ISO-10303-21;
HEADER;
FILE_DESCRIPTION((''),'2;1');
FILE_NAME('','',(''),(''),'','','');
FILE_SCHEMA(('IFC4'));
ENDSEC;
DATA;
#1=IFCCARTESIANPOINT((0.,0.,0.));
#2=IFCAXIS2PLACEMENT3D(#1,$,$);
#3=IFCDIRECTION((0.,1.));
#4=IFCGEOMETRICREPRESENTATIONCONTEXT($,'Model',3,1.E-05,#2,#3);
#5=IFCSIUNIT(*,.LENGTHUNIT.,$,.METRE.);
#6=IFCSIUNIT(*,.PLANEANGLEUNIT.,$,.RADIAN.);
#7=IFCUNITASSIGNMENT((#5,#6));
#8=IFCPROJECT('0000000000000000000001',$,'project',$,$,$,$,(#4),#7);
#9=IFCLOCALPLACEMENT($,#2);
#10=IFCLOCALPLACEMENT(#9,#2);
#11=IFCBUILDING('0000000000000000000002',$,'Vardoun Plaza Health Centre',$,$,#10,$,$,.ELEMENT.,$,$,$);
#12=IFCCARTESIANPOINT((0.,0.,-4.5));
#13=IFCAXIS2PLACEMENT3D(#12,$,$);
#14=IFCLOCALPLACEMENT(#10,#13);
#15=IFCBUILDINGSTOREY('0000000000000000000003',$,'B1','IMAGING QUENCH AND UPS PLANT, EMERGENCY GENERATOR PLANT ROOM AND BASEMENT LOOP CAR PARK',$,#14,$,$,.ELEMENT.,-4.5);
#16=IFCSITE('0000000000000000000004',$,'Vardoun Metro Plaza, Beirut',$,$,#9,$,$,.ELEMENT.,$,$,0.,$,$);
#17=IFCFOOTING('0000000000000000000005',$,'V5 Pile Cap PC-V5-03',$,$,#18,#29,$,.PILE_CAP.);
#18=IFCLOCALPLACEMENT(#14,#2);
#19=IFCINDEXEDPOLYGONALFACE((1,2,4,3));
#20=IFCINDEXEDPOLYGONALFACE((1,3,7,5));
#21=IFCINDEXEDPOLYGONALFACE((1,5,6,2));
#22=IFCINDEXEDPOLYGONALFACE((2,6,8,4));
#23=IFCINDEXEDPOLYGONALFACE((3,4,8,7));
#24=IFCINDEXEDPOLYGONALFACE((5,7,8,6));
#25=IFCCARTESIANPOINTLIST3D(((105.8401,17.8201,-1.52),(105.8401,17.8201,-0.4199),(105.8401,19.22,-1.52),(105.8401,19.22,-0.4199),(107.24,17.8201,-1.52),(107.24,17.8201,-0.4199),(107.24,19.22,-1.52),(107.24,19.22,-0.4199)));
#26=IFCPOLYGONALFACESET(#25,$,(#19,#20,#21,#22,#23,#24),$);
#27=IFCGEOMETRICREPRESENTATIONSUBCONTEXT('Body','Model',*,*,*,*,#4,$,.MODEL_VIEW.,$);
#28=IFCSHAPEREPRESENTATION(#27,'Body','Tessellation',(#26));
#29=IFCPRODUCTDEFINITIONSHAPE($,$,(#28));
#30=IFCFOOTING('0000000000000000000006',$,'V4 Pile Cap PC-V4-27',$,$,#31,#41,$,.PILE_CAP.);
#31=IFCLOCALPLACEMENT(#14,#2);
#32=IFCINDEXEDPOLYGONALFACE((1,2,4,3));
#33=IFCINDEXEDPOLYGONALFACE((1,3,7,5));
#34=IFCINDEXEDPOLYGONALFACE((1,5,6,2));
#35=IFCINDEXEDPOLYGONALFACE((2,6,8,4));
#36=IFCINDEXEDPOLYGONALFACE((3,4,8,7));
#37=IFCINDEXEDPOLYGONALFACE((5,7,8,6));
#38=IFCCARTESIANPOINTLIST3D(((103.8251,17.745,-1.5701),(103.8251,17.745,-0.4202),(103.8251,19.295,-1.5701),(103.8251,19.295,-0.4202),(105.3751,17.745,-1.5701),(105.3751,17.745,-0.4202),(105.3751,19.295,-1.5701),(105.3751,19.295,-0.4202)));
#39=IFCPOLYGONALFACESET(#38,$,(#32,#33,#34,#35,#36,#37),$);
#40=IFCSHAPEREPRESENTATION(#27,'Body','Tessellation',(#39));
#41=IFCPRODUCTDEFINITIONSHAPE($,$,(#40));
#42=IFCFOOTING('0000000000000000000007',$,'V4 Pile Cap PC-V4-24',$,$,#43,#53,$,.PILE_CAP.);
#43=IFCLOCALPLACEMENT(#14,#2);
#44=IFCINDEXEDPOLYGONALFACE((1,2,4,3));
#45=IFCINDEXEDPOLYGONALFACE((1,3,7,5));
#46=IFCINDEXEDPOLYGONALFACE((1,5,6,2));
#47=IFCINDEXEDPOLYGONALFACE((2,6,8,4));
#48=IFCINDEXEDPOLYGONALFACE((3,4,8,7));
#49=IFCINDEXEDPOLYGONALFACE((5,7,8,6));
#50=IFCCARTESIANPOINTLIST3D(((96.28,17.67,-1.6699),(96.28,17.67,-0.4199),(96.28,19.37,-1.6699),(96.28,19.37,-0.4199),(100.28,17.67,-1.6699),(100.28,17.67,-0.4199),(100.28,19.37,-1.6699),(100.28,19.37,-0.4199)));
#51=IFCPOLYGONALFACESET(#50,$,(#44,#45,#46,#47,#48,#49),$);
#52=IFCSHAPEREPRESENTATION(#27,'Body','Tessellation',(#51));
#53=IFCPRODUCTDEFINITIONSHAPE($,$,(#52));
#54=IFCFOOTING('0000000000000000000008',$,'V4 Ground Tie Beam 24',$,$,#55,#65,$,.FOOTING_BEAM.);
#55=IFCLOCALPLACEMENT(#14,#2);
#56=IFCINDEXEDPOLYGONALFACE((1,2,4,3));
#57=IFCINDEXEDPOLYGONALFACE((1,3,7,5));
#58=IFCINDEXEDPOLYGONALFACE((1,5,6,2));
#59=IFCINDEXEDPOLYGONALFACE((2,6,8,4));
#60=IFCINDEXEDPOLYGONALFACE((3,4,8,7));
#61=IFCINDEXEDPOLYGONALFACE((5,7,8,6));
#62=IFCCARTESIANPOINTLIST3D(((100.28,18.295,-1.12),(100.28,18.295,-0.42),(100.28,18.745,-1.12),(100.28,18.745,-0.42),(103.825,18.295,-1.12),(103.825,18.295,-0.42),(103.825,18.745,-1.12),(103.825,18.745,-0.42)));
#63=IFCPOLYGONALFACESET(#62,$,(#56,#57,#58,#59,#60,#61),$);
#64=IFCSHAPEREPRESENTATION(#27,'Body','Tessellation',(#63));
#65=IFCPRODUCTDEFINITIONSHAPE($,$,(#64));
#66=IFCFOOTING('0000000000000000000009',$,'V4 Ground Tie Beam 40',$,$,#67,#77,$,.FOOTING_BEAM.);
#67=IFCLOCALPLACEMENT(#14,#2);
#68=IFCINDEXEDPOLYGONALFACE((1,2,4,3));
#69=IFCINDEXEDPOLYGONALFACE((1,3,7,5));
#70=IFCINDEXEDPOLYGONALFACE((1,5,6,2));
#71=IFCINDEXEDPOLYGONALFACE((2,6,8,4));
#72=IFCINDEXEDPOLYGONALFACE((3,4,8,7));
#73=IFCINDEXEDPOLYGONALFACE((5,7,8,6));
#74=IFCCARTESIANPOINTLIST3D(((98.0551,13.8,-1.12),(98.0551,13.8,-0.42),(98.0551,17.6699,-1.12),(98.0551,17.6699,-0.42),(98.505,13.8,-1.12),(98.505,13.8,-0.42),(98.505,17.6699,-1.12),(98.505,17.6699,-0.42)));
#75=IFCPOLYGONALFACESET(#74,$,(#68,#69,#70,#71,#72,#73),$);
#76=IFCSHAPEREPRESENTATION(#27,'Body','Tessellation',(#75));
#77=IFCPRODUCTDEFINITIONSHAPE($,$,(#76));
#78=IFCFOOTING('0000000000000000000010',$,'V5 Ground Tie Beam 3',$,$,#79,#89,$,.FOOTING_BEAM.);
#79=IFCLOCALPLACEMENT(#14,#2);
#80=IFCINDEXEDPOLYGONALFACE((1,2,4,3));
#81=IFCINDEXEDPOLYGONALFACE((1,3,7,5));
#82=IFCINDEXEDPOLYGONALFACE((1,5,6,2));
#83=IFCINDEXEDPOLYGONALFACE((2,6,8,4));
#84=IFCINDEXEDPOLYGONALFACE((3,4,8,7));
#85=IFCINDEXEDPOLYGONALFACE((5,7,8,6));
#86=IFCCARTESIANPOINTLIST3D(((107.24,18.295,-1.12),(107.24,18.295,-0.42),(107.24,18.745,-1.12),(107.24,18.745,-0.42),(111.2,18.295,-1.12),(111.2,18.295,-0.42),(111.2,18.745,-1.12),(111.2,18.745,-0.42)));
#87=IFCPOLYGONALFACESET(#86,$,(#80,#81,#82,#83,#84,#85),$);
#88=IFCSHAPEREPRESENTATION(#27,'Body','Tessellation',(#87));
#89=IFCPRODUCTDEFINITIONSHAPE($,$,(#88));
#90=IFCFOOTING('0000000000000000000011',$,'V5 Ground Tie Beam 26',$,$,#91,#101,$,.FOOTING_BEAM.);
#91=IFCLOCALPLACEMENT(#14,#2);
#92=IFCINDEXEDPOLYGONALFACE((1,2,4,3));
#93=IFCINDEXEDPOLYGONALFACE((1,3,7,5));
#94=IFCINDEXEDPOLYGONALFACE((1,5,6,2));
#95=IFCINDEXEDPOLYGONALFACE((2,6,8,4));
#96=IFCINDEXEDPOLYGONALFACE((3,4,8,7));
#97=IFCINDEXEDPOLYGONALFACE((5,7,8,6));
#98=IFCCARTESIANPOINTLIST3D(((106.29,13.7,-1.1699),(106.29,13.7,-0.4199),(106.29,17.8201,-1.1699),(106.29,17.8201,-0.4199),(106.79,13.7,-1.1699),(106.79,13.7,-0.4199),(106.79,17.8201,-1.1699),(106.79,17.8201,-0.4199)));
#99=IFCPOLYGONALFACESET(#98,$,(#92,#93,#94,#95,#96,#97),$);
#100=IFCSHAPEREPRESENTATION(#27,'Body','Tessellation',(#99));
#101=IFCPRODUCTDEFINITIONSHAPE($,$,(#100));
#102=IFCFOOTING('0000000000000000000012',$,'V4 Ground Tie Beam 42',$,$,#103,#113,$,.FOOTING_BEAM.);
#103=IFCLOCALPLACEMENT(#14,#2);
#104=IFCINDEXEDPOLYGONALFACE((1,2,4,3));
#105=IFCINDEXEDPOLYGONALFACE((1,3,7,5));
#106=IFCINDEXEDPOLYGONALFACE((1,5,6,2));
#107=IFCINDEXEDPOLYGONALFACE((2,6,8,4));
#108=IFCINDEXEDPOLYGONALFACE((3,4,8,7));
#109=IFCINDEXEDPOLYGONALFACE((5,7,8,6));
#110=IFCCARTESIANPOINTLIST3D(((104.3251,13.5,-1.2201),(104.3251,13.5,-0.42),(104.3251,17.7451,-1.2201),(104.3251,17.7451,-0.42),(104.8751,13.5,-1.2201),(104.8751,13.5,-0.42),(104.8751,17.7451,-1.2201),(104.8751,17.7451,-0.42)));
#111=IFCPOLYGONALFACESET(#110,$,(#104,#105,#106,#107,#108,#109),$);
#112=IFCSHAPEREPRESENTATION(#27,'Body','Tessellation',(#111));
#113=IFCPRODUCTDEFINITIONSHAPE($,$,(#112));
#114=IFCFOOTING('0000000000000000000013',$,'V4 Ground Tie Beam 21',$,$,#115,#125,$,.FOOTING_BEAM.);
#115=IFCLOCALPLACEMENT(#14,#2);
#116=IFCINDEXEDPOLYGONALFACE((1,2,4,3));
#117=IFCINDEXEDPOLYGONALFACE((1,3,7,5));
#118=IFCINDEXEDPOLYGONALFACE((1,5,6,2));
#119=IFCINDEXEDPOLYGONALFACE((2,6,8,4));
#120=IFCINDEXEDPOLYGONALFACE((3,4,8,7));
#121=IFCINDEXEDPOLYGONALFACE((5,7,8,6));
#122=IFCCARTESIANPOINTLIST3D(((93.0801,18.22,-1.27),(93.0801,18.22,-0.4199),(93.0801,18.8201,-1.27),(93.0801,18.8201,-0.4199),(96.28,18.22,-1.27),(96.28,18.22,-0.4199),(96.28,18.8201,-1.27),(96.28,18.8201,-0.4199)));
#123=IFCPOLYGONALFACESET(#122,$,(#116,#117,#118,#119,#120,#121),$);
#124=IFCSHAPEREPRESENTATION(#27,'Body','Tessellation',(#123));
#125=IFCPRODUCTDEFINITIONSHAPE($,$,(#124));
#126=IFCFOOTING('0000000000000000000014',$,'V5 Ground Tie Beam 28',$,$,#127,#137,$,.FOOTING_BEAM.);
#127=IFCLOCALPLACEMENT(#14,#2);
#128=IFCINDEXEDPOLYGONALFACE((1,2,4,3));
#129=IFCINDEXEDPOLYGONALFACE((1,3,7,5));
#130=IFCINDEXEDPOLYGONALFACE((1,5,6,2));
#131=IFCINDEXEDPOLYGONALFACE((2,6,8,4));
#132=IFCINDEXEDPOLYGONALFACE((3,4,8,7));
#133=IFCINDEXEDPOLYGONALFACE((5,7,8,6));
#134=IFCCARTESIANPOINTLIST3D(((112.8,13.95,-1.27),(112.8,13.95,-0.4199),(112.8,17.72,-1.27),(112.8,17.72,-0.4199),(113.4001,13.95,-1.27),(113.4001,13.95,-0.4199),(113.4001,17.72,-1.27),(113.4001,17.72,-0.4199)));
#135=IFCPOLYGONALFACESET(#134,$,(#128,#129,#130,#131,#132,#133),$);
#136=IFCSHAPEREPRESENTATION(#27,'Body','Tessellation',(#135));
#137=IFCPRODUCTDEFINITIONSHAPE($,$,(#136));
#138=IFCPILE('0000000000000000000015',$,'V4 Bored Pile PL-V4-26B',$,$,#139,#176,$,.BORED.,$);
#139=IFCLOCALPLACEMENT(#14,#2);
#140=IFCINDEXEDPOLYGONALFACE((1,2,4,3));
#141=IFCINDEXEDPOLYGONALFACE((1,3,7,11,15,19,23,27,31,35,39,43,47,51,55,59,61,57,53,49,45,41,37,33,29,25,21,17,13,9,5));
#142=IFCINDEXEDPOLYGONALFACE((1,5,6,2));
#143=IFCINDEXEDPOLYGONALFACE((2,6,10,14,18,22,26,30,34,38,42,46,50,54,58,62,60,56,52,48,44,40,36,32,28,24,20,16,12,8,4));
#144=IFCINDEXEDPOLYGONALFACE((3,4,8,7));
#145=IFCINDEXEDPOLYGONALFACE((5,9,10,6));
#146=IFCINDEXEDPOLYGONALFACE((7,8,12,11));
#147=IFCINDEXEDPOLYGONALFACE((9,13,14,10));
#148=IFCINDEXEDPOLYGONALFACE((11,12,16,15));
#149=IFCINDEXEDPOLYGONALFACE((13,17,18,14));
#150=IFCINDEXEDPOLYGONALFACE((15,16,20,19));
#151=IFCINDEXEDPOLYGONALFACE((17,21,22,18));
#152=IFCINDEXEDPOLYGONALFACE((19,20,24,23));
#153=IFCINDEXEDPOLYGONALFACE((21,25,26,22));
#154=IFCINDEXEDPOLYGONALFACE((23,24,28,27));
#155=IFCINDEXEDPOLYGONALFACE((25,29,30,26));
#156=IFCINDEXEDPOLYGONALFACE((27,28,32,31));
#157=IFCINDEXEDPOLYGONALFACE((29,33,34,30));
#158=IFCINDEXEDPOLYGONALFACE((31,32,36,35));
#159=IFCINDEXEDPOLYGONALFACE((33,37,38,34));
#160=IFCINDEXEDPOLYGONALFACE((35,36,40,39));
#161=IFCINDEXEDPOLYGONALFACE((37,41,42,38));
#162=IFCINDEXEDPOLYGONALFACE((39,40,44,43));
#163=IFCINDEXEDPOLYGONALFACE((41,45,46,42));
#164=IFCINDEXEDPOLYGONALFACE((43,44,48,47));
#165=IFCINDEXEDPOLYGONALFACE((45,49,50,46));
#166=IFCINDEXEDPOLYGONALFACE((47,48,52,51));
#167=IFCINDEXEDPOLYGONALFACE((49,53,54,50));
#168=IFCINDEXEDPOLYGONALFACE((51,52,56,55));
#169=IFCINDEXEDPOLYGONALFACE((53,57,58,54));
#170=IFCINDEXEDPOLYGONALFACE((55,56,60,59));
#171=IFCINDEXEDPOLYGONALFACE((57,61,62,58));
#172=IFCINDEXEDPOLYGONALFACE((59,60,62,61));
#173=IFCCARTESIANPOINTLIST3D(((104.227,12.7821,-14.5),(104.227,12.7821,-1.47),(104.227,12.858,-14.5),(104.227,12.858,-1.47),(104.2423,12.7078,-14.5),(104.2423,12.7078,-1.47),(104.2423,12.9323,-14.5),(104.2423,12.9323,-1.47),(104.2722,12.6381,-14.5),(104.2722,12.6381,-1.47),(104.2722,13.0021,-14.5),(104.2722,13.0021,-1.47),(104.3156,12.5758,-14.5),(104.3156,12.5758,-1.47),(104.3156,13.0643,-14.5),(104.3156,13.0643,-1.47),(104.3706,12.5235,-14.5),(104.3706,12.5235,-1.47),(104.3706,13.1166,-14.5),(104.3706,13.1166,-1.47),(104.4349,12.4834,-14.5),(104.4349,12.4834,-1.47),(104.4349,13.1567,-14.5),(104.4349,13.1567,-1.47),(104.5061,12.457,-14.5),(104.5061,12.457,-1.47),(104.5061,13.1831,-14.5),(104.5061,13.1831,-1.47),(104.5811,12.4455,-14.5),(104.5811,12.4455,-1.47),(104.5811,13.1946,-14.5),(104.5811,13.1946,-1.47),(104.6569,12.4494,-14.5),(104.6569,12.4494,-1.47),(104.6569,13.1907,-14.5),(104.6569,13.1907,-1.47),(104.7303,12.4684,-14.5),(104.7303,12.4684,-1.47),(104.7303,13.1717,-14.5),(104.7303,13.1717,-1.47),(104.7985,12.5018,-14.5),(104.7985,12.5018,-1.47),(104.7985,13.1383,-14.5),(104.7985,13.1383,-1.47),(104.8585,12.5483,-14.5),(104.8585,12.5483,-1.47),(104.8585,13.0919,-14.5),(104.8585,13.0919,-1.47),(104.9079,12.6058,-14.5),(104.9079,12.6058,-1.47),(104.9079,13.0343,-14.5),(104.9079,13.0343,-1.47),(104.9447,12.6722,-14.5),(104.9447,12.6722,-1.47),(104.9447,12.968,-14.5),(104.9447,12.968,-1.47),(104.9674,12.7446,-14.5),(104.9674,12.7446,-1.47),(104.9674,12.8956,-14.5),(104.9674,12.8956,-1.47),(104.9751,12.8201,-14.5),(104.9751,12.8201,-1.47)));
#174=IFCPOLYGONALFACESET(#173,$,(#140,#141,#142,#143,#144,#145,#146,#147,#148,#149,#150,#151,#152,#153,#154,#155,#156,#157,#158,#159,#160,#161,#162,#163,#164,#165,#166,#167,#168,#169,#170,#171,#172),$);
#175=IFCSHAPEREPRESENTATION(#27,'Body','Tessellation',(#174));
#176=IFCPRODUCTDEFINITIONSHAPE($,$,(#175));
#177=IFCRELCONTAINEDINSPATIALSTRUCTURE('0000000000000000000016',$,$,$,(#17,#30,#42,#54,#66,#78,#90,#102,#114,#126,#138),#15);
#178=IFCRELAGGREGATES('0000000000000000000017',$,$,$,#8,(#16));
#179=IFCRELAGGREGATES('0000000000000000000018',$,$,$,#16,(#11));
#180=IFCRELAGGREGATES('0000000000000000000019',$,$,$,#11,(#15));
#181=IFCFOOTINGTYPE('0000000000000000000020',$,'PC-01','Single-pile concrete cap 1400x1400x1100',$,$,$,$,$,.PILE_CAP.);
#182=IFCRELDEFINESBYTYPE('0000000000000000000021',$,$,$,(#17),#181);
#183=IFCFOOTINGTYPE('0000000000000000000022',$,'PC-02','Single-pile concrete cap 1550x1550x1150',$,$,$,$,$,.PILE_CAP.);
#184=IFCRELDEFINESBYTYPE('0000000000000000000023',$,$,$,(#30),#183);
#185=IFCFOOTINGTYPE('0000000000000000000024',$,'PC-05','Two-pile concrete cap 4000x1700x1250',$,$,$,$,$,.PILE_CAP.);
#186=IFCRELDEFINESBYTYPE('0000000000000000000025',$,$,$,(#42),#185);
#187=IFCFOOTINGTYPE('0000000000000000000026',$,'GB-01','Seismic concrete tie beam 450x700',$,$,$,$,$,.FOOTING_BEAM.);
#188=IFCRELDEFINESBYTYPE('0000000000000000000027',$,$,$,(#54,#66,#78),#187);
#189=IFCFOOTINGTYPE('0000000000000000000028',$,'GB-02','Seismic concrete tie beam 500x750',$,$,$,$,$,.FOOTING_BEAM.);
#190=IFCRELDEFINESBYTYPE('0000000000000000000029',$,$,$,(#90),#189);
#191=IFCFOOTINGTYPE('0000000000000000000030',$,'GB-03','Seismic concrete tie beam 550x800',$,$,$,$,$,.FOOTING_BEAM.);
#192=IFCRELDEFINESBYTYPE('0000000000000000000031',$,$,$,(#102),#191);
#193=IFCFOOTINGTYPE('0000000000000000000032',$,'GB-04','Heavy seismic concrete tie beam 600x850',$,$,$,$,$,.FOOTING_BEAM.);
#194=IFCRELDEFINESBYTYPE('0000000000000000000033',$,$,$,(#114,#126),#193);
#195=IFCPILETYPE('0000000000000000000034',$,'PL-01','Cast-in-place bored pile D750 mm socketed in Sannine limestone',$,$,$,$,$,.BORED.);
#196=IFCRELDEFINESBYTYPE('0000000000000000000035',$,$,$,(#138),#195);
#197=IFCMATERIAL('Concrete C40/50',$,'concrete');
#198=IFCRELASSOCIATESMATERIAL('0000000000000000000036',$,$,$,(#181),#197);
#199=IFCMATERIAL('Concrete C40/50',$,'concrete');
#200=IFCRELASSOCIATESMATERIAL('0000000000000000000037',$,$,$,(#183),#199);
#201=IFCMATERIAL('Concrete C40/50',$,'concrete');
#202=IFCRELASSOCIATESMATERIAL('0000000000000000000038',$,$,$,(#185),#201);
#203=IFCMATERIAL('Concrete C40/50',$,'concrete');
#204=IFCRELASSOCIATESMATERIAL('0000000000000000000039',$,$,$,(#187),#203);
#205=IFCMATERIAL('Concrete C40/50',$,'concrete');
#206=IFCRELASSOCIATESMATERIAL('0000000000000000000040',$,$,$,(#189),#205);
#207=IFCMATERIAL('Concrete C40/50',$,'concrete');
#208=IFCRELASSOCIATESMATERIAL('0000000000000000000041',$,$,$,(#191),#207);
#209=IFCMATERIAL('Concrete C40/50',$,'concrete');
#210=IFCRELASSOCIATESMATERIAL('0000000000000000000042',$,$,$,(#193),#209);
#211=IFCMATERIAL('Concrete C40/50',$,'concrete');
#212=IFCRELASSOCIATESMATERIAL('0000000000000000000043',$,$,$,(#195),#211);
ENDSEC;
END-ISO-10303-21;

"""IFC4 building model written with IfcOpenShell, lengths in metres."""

from ifc_helpers import new_model, si_unit, direction, frame, origin, origin_2d, place, context, subcontext, project, spatial, rectangle, circle, extrude, material, material_profile, profile_set, type_object, element, save


model = new_model("IFC4")

# Units and contexts
model_context = context("Model", 3, precision=1e-05, world=origin(), true_north=direction((0.0, 1.0)))
body_context = subcontext(model_context, "Body", "Model", "MODEL_VIEW")
ifc_project = project(units=[si_unit("LENGTHUNIT", "METRE"), si_unit("PLANEANGLEUNIT", "RADIAN")], contexts=[model_context])

# Site, building, storey
site_placement = place(None, origin())
site = spatial("IfcSite", under=ifc_project, at=site_placement, Name="Vardoun Metro Plaza, Beirut", CompositionType="ELEMENT", RefElevation=0.0)
building_placement = place(site_placement, origin())
building = spatial("IfcBuilding", under=site, at=building_placement, Name="Vardoun Plaza Health Centre", CompositionType="ELEMENT")
storey_placement = place(building_placement, frame((0.0, 0.0, -4.5)))
storey = spatial("IfcBuildingStorey", under=building, at=storey_placement, Name="B1", Description="IMAGING QUENCH AND UPS PLANT, EMERGENCY GENERATOR PLANT ROOM AND BASEMENT LOOP CAR PARK", CompositionType="ELEMENT", Elevation=-4.5)

# Footings
ifc_material_1 = material(Name="Concrete C40/50", Category="concrete")
footing_type_1 = type_object("IfcFootingType", Name="PC-01", Description="Single-pile concrete cap 1400x1400x1100", PredefinedType="PILE_CAP", material=ifc_material_1)
footing_1_placement = place(storey_placement, frame((106.54, 18.52, -1.52), z_axis=(0.0, 0.0, 1.0), x_axis=(1.0, 0.0, 0.0)))
element("IfcFooting", 1, at=footing_1_placement, inside=storey, type_object=footing_type_1, Name="V5 Pile Cap PC-V5-03", PredefinedType="PILE_CAP", context=body_context, shape_type="SweptSolid", body=[
    extrude(rectangle(XDim=1.3999, YDim=1.3999, at=origin_2d()), origin(), (0.0, 0.0, 1.0), 1.1001),
])
ifc_material_2 = material(Name="Concrete C40/50", Category="concrete")
footing_type_2 = type_object("IfcFootingType", Name="PC-02", Description="Single-pile concrete cap 1550x1550x1150", PredefinedType="PILE_CAP", material=ifc_material_2)
footing_2_placement = place(storey_placement, frame((104.6001, 18.52, -1.5701), z_axis=(0.0, 0.0, 1.0), x_axis=(1.0, 0.0, 0.0)))
element("IfcFooting", 2, at=footing_2_placement, inside=storey, type_object=footing_type_2, Name="V4 Pile Cap PC-V4-27", PredefinedType="PILE_CAP", context=body_context, shape_type="SweptSolid", body=[
    extrude(rectangle(XDim=1.55, YDim=1.55, at=origin_2d()), origin(), (0.0, 0.0, 1.0), 1.1499),
])
ifc_material_3 = material(Name="Concrete C40/50", Category="concrete")
footing_type_3 = type_object("IfcFootingType", Name="PC-05", Description="Two-pile concrete cap 4000x1700x1250", PredefinedType="PILE_CAP", material=ifc_material_3)
footing_3_placement = place(storey_placement, frame((98.28, 18.52, -1.6699), z_axis=(0.0, 0.0, 1.0), x_axis=(1.0, 0.0, 0.0)))
element("IfcFooting", 3, at=footing_3_placement, inside=storey, type_object=footing_type_3, Name="V4 Pile Cap PC-V4-24", PredefinedType="PILE_CAP", context=body_context, shape_type="SweptSolid", body=[
    extrude(rectangle(XDim=4.0, YDim=1.7, at=origin_2d()), origin(), (0.0, 0.0, 1.0), 1.25),
])
ifc_material_4 = material(Name="Concrete C40/50", Category="concrete")
ifc_material_profile_1 = material_profile(ifc_material_4, rectangle(XDim=0.45, YDim=0.7, at=origin_2d()), Name="GB 450x700")
ifc_profile_set_1 = profile_set([ifc_material_profile_1], Name="Concrete C40/50")
footing_type_4 = type_object("IfcFootingType", Name="GB-01", Description="Seismic concrete tie beam 450x700", PredefinedType="FOOTING_BEAM", material=ifc_profile_set_1)
footing_4_placement = place(storey_placement, frame((100.28, 18.52, -0.77), z_axis=(1.0, 0.0, 0.0), x_axis=(0.0, 1.0, 0.0)))
element("IfcFooting", 4, at=footing_4_placement, inside=storey, type_object=footing_type_4, Name="V4 Ground Tie Beam 24", PredefinedType="FOOTING_BEAM", context=body_context, shape_type="SweptSolid", body=[
    extrude(rectangle(XDim=0.45, YDim=0.7, at=origin_2d()), origin(), (0.0, 0.0, 1.0), 3.5449),
])
footing_5_placement = place(storey_placement, frame((98.28, 13.8, -0.77), z_axis=(0.0, 1.0, 0.0), x_axis=(-1.0, 0.0, 0.0)))
element("IfcFooting", 5, at=footing_5_placement, inside=storey, type_object=footing_type_4, Name="V4 Ground Tie Beam 40", PredefinedType="FOOTING_BEAM", context=body_context, shape_type="SweptSolid", body=[
    extrude(rectangle(XDim=0.45, YDim=0.7, at=origin_2d()), origin(), (0.0, 0.0, 1.0), 3.8699),
])
footing_6_placement = place(storey_placement, frame((107.24, 18.52, -0.77), z_axis=(1.0, 0.0, 0.0), x_axis=(0.0, 1.0, 0.0)))
element("IfcFooting", 6, at=footing_6_placement, inside=storey, type_object=footing_type_4, Name="V5 Ground Tie Beam 3", PredefinedType="FOOTING_BEAM", context=body_context, shape_type="SweptSolid", body=[
    extrude(rectangle(XDim=0.45, YDim=0.7, at=origin_2d()), origin(), (0.0, 0.0, 1.0), 3.96),
])
ifc_material_5 = material(Name="Concrete C40/50", Category="concrete")
ifc_material_profile_2 = material_profile(ifc_material_5, rectangle(XDim=0.5, YDim=0.75, at=origin_2d()), Name="GB 500x750")
ifc_profile_set_2 = profile_set([ifc_material_profile_2], Name="Concrete C40/50")
footing_type_5 = type_object("IfcFootingType", Name="GB-02", Description="Seismic concrete tie beam 500x750", PredefinedType="FOOTING_BEAM", material=ifc_profile_set_2)
footing_7_placement = place(storey_placement, frame((106.54, 13.7, -0.7949), z_axis=(0.0, 1.0, 0.0), x_axis=(-1.0, 0.0, 0.0)))
element("IfcFooting", 7, at=footing_7_placement, inside=storey, type_object=footing_type_5, Name="V5 Ground Tie Beam 26", PredefinedType="FOOTING_BEAM", context=body_context, shape_type="SweptSolid", body=[
    extrude(rectangle(XDim=0.5, YDim=0.75, at=origin_2d()), origin(), (0.0, 0.0, 1.0), 4.1201),
])
ifc_material_6 = material(Name="Concrete C40/50", Category="concrete")
ifc_material_profile_3 = material_profile(ifc_material_6, rectangle(XDim=0.55, YDim=0.8, at=origin_2d()), Name="GB 550x800")
ifc_profile_set_3 = profile_set([ifc_material_profile_3], Name="Concrete C40/50")
footing_type_6 = type_object("IfcFootingType", Name="GB-03", Description="Seismic concrete tie beam 550x800", PredefinedType="FOOTING_BEAM", material=ifc_profile_set_3)
footing_8_placement = place(storey_placement, frame((104.6001, 13.5, -0.8201), z_axis=(0.0, 1.0, 0.0), x_axis=(-1.0, 0.0, 0.0)))
element("IfcFooting", 8, at=footing_8_placement, inside=storey, type_object=footing_type_6, Name="V4 Ground Tie Beam 42", PredefinedType="FOOTING_BEAM", context=body_context, shape_type="SweptSolid", body=[
    extrude(rectangle(XDim=0.55, YDim=0.8, at=origin_2d()), origin(), (0.0, 0.0, 1.0), 4.2451),
])
ifc_material_7 = material(Name="Concrete C40/50", Category="concrete")
ifc_material_profile_4 = material_profile(ifc_material_7, rectangle(XDim=0.6001, YDim=0.8501, at=origin_2d()), Name="GB 600x850")
ifc_profile_set_4 = profile_set([ifc_material_profile_4], Name="Concrete C40/50")
footing_type_7 = type_object("IfcFootingType", Name="GB-04", Description="Heavy seismic concrete tie beam 600x850", PredefinedType="FOOTING_BEAM", material=ifc_profile_set_4)
footing_9_placement = place(storey_placement, frame((93.0801, 18.52, -0.845), z_axis=(1.0, 0.0, 0.0), x_axis=(0.0, 1.0, 0.0)))
element("IfcFooting", 9, at=footing_9_placement, inside=storey, type_object=footing_type_7, Name="V4 Ground Tie Beam 21", PredefinedType="FOOTING_BEAM", context=body_context, shape_type="SweptSolid", body=[
    extrude(rectangle(XDim=0.6001, YDim=0.8501, at=origin_2d()), origin(), (0.0, 0.0, 1.0), 3.2),
])
footing_10_placement = place(storey_placement, frame((113.1001, 13.95, -0.845), z_axis=(0.0, 1.0, 0.0), x_axis=(-1.0, 0.0, 0.0)))
element("IfcFooting", 10, at=footing_10_placement, inside=storey, type_object=footing_type_7, Name="V5 Ground Tie Beam 28", PredefinedType="FOOTING_BEAM", context=body_context, shape_type="SweptSolid", body=[
    extrude(rectangle(XDim=0.6001, YDim=0.8501, at=origin_2d()), origin(), (0.0, 0.0, 1.0), 3.77),
])

# Pile
ifc_material_8 = material(Name="Concrete C40/50", Category="concrete")
ifc_material_profile_5 = material_profile(ifc_material_8, circle(Radius=0.375, at=origin_2d()), Name="PILE D750")
ifc_profile_set_5 = profile_set([ifc_material_profile_5], Name="Concrete C40/50")
pile_type_1 = type_object("IfcPileType", Name="PL-01", Description="Cast-in-place bored pile D750 mm socketed in Sannine limestone", PredefinedType="BORED", material=ifc_profile_set_5)
pile_1_placement = place(storey_placement, frame((104.6001, 12.8201, -1.47), z_axis=(0.0, 0.0, -1.0), x_axis=(1.0, 0.0, 0.0)))
element("IfcPile", 11, at=pile_1_placement, inside=storey, type_object=pile_type_1, Name="V4 Bored Pile PL-V4-26B", PredefinedType="BORED", context=body_context, shape_type="SweptSolid", body=[
    extrude(circle(Radius=0.375, at=origin_2d()), origin(), (0.0, 0.0, 1.0), 13.03),
])

save(model, "model.ifc")
